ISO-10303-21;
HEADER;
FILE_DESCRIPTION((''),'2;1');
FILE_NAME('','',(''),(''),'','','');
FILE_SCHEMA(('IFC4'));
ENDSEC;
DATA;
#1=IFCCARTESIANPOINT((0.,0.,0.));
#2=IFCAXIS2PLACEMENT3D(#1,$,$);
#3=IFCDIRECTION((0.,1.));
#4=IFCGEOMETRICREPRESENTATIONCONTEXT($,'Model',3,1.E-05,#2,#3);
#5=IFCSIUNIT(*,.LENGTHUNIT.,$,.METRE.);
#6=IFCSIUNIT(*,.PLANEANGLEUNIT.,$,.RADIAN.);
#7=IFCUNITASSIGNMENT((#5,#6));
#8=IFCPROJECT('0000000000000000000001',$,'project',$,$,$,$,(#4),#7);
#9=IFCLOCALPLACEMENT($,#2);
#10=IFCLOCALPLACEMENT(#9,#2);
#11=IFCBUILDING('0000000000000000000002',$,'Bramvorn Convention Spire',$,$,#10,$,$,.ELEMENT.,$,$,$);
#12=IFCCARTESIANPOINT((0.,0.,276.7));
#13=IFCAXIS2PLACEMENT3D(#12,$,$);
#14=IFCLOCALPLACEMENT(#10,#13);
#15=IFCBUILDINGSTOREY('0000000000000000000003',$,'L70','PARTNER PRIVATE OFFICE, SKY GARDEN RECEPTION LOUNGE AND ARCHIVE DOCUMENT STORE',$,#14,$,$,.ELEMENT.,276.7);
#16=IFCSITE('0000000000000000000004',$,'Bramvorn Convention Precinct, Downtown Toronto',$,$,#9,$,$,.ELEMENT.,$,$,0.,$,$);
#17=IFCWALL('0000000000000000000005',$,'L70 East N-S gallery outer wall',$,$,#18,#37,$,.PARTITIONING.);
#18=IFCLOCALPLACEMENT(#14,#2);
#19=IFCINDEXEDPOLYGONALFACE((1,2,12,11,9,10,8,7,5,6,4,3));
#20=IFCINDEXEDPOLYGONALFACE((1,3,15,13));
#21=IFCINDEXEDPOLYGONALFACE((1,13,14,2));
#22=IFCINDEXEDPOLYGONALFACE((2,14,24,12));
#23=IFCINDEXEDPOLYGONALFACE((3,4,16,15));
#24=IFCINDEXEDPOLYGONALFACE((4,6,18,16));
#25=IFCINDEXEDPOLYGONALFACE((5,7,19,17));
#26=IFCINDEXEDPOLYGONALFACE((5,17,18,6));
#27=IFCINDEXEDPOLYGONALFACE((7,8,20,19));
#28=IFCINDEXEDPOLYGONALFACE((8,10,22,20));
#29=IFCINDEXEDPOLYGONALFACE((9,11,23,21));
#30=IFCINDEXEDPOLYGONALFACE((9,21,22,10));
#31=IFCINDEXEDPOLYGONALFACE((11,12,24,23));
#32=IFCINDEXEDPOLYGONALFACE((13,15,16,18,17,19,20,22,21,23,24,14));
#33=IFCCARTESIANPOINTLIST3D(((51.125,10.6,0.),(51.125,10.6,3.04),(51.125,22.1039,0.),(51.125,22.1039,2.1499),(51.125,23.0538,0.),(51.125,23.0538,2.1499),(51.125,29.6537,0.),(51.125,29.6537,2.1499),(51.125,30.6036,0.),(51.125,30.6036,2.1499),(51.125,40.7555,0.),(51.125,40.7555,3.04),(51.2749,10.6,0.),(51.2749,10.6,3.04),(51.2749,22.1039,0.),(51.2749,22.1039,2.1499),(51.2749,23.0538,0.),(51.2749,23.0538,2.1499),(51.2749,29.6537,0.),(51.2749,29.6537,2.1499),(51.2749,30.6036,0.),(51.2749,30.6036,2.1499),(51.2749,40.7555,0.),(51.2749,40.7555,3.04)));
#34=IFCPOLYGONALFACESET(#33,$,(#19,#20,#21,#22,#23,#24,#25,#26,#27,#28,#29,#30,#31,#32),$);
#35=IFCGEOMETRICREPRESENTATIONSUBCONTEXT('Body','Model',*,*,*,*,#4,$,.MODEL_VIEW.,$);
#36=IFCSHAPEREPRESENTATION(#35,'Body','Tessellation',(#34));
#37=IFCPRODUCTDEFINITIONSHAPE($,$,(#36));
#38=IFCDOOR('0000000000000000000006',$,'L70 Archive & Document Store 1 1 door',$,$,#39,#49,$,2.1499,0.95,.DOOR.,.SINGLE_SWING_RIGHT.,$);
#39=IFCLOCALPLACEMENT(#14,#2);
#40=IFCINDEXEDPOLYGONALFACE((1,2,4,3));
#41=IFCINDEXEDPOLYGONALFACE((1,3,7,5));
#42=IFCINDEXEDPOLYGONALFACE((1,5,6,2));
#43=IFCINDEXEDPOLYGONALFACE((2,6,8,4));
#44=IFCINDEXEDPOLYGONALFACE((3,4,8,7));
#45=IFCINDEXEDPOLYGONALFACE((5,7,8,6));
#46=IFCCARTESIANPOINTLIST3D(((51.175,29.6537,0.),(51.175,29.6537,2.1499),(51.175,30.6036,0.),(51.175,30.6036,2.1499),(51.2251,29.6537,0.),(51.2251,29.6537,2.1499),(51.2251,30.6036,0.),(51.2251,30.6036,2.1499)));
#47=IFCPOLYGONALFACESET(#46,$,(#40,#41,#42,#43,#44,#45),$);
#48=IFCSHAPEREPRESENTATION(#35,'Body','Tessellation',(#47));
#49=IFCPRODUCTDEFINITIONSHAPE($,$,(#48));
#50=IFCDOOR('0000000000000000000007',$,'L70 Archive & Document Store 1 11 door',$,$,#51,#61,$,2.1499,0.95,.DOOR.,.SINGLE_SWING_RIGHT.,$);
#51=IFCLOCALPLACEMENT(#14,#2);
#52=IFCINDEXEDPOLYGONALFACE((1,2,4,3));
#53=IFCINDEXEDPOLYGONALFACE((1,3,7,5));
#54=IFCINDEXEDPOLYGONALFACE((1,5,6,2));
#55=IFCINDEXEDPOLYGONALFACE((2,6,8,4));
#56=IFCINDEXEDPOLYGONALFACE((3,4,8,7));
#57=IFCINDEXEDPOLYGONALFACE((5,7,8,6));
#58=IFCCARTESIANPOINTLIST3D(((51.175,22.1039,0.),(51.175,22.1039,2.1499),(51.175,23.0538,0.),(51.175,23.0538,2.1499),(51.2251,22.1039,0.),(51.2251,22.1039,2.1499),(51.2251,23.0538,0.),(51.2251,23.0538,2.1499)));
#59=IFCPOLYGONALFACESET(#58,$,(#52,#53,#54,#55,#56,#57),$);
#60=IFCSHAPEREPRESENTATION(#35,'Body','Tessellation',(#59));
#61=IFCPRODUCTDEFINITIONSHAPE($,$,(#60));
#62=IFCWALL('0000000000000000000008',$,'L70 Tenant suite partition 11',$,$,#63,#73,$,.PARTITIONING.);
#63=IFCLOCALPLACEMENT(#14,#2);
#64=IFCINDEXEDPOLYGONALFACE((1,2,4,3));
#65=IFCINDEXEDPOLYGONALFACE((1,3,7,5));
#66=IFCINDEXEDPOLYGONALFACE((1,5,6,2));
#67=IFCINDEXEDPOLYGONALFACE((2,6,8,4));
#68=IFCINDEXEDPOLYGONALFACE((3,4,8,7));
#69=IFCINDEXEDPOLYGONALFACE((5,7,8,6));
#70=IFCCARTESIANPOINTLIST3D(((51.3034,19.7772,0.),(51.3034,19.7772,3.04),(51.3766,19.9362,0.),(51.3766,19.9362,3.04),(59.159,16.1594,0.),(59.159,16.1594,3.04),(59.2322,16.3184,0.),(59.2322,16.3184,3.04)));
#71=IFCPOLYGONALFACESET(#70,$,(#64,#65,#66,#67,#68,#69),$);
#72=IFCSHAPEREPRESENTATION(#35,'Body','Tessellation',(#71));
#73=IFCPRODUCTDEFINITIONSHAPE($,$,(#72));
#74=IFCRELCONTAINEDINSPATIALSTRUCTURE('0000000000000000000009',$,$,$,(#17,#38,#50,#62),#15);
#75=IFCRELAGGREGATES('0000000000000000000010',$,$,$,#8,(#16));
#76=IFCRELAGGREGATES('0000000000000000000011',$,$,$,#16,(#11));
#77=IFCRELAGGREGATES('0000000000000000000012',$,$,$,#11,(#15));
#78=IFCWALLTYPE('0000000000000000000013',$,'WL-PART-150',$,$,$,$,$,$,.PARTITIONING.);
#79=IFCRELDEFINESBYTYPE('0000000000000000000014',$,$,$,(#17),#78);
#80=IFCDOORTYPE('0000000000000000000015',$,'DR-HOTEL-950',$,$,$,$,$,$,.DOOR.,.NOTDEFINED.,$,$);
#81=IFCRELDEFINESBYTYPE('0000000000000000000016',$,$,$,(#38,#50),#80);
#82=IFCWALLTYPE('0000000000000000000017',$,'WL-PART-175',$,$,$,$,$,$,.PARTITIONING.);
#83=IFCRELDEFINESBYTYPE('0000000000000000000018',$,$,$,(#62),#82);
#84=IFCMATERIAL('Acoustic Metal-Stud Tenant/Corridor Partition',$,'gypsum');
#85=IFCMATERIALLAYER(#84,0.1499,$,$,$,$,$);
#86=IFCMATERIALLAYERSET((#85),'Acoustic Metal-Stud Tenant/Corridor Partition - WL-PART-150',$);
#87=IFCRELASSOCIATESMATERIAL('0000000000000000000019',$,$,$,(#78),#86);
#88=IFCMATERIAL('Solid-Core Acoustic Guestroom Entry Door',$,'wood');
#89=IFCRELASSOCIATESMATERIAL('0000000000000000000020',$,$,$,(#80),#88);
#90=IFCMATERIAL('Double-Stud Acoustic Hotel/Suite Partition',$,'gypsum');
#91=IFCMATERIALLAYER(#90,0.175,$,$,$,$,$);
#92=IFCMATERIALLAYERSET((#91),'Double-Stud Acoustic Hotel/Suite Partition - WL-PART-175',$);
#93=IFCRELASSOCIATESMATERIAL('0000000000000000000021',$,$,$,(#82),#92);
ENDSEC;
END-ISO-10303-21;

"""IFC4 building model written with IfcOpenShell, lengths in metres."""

from ifc_helpers import new_model, si_unit, direction, frame, frame_2d, origin, place, context, subcontext, project, spatial, rectangle, extrude, material, layer, layer_set, type_object, element, fill, save


model = new_model("IFC4")

# Units and contexts
model_context = context("Model", 3, precision=1e-05, world=origin(), true_north=direction((0.0, 1.0)))
body_context = subcontext(model_context, "Body", "Model", "MODEL_VIEW")
ifc_project = project(units=[si_unit("LENGTHUNIT", "METRE"), si_unit("PLANEANGLEUNIT", "RADIAN")], contexts=[model_context])

# Site, building, storey
site_placement = place(None, origin())
site = spatial("IfcSite", under=ifc_project, at=site_placement, Name="Bramvorn Convention Precinct, Downtown Toronto", CompositionType="ELEMENT", RefElevation=0.0)
building_placement = place(site_placement, origin())
building = spatial("IfcBuilding", under=site, at=building_placement, Name="Bramvorn Convention Spire", CompositionType="ELEMENT")
storey_placement = place(building_placement, frame((0.0, 0.0, 276.7)))
storey = spatial("IfcBuildingStorey", under=building, at=storey_placement, Name="L70", Description="PARTNER PRIVATE OFFICE, SKY GARDEN RECEPTION LOUNGE AND ARCHIVE DOCUMENT STORE", CompositionType="ELEMENT", Elevation=276.7)

# Wall, openings, doors
ifc_material_1 = material(Name="Acoustic Metal-Stud Tenant/Corridor Partition", Category="gypsum")
ifc_layer_1 = layer(ifc_material_1, 0.1499)
ifc_layer_set_1 = layer_set([ifc_layer_1], Name="Acoustic Metal-Stud Tenant/Corridor Partition - WL-PART-150")
wall_type_1 = type_object("IfcWallType", Name="WL-PART-150", PredefinedType="PARTITIONING", material=ifc_layer_set_1)
wall_1_placement = place(storey_placement, frame((51.2, 10.6001, 0.0), z_axis=(0.0, 0.0, 1.0), x_axis=(0.0, 1.0, 0.0)))
wall_1 = element("IfcWall", 1, at=wall_1_placement, inside=storey, type_object=wall_type_1, Name="L70 East N-S gallery outer wall", PredefinedType="PARTITIONING", context=body_context, shape_type="SweptSolid", body=[
    extrude(rectangle(XDim=30.1555, YDim=0.1499, at=frame_2d((15.0776, 0.0))), origin(), (0.0, 0.0, 1.0), 3.04),
])
opening_1_placement = place(wall_1_placement, frame((19.0535, 0.0, 0.0)))
opening_1 = element("IfcOpeningElement", 2, at=opening_1_placement, cuts=wall_1, PredefinedType="OPENING", context=body_context, shape_type="SweptSolid", body=[
    extrude(rectangle(XDim=0.95, YDim=2.1499, at=frame_2d((0.4751, 1.075))), frame((0.0, 0.085, 0.0), z_axis=(0.0, -1.0, 0.0), x_axis=(1.0, 0.0, 0.0)), (0.0, 0.0, 1.0), 0.1699),
])
opening_2_placement = place(wall_1_placement, frame((11.5037, 0.0, 0.0)))
opening_2 = element("IfcOpeningElement", 3, at=opening_2_placement, cuts=wall_1, PredefinedType="OPENING", context=body_context, shape_type="SweptSolid", body=[
    extrude(rectangle(XDim=0.95, YDim=2.1499, at=frame_2d((0.4751, 1.075))), frame((0.0, 0.085, 0.0), z_axis=(0.0, -1.0, 0.0), x_axis=(1.0, 0.0, 0.0)), (0.0, 0.0, 1.0), 0.1699),
])
ifc_material_2 = material(Name="Solid-Core Acoustic Guestroom Entry Door", Category="wood")
door_type = type_object("IfcDoorType", Name="DR-HOTEL-950", OperationType="NOTDEFINED", PredefinedType="DOOR", material=ifc_material_2)
door_1_placement = place(opening_1_placement, origin())
door_1 = element("IfcDoor", 4, at=door_1_placement, inside=storey, type_object=door_type, Name="L70 Archive & Document Store 1 1 door", OperationType="SINGLE_SWING_RIGHT", OverallHeight=2.1499, OverallWidth=0.95, PredefinedType="DOOR", context=body_context, shape_type="SweptSolid", body=[
    extrude(rectangle(XDim=0.95, YDim=2.1499, at=frame_2d((0.4751, 1.075))), frame((0.0, 0.0249, 0.0), z_axis=(0.0, -1.0, 0.0), x_axis=(1.0, 0.0, 0.0)), (0.0, 0.0, 1.0), 0.05),
])
fill(opening_1, door_1)
door_2_placement = place(opening_2_placement, origin())
door_2 = element("IfcDoor", 5, at=door_2_placement, inside=storey, type_object=door_type, Name="L70 Archive & Document Store 1 11 door", OperationType="SINGLE_SWING_RIGHT", OverallHeight=2.1499, OverallWidth=0.95, PredefinedType="DOOR", context=body_context, shape_type="SweptSolid", body=[
    extrude(rectangle(XDim=0.95, YDim=2.1499, at=frame_2d((0.4751, 1.075))), frame((0.0, 0.0249, 0.0), z_axis=(0.0, -1.0, 0.0), x_axis=(1.0, 0.0, 0.0)), (0.0, 0.0, 1.0), 0.05),
])
fill(opening_2, door_2)

# Wall
ifc_material_3 = material(Name="Double-Stud Acoustic Hotel/Suite Partition", Category="gypsum")
ifc_layer_2 = layer(ifc_material_3, 0.175)
ifc_layer_set_2 = layer_set([ifc_layer_2], Name="Double-Stud Acoustic Hotel/Suite Partition - WL-PART-175")
wall_type_2 = type_object("IfcWallType", Name="WL-PART-175", PredefinedType="PARTITIONING", material=ifc_layer_set_2)
wall_2_placement = place(storey_placement, frame((51.3401, 19.8567, 0.0), z_axis=(0.0, 0.0, 1.0), x_axis=(0.908302, -0.418315, 0.0)))
element("IfcWall", 6, at=wall_2_placement, inside=storey, type_object=wall_type_2, Name="L70 Tenant suite partition 11", PredefinedType="PARTITIONING", context=body_context, shape_type="SweptSolid", body=[
    extrude(rectangle(XDim=8.6487, YDim=0.175, at=frame_2d((4.3242, 0.0))), origin(), (0.0, 0.0, 1.0), 3.04),
])

save(model, "model.ifc")
